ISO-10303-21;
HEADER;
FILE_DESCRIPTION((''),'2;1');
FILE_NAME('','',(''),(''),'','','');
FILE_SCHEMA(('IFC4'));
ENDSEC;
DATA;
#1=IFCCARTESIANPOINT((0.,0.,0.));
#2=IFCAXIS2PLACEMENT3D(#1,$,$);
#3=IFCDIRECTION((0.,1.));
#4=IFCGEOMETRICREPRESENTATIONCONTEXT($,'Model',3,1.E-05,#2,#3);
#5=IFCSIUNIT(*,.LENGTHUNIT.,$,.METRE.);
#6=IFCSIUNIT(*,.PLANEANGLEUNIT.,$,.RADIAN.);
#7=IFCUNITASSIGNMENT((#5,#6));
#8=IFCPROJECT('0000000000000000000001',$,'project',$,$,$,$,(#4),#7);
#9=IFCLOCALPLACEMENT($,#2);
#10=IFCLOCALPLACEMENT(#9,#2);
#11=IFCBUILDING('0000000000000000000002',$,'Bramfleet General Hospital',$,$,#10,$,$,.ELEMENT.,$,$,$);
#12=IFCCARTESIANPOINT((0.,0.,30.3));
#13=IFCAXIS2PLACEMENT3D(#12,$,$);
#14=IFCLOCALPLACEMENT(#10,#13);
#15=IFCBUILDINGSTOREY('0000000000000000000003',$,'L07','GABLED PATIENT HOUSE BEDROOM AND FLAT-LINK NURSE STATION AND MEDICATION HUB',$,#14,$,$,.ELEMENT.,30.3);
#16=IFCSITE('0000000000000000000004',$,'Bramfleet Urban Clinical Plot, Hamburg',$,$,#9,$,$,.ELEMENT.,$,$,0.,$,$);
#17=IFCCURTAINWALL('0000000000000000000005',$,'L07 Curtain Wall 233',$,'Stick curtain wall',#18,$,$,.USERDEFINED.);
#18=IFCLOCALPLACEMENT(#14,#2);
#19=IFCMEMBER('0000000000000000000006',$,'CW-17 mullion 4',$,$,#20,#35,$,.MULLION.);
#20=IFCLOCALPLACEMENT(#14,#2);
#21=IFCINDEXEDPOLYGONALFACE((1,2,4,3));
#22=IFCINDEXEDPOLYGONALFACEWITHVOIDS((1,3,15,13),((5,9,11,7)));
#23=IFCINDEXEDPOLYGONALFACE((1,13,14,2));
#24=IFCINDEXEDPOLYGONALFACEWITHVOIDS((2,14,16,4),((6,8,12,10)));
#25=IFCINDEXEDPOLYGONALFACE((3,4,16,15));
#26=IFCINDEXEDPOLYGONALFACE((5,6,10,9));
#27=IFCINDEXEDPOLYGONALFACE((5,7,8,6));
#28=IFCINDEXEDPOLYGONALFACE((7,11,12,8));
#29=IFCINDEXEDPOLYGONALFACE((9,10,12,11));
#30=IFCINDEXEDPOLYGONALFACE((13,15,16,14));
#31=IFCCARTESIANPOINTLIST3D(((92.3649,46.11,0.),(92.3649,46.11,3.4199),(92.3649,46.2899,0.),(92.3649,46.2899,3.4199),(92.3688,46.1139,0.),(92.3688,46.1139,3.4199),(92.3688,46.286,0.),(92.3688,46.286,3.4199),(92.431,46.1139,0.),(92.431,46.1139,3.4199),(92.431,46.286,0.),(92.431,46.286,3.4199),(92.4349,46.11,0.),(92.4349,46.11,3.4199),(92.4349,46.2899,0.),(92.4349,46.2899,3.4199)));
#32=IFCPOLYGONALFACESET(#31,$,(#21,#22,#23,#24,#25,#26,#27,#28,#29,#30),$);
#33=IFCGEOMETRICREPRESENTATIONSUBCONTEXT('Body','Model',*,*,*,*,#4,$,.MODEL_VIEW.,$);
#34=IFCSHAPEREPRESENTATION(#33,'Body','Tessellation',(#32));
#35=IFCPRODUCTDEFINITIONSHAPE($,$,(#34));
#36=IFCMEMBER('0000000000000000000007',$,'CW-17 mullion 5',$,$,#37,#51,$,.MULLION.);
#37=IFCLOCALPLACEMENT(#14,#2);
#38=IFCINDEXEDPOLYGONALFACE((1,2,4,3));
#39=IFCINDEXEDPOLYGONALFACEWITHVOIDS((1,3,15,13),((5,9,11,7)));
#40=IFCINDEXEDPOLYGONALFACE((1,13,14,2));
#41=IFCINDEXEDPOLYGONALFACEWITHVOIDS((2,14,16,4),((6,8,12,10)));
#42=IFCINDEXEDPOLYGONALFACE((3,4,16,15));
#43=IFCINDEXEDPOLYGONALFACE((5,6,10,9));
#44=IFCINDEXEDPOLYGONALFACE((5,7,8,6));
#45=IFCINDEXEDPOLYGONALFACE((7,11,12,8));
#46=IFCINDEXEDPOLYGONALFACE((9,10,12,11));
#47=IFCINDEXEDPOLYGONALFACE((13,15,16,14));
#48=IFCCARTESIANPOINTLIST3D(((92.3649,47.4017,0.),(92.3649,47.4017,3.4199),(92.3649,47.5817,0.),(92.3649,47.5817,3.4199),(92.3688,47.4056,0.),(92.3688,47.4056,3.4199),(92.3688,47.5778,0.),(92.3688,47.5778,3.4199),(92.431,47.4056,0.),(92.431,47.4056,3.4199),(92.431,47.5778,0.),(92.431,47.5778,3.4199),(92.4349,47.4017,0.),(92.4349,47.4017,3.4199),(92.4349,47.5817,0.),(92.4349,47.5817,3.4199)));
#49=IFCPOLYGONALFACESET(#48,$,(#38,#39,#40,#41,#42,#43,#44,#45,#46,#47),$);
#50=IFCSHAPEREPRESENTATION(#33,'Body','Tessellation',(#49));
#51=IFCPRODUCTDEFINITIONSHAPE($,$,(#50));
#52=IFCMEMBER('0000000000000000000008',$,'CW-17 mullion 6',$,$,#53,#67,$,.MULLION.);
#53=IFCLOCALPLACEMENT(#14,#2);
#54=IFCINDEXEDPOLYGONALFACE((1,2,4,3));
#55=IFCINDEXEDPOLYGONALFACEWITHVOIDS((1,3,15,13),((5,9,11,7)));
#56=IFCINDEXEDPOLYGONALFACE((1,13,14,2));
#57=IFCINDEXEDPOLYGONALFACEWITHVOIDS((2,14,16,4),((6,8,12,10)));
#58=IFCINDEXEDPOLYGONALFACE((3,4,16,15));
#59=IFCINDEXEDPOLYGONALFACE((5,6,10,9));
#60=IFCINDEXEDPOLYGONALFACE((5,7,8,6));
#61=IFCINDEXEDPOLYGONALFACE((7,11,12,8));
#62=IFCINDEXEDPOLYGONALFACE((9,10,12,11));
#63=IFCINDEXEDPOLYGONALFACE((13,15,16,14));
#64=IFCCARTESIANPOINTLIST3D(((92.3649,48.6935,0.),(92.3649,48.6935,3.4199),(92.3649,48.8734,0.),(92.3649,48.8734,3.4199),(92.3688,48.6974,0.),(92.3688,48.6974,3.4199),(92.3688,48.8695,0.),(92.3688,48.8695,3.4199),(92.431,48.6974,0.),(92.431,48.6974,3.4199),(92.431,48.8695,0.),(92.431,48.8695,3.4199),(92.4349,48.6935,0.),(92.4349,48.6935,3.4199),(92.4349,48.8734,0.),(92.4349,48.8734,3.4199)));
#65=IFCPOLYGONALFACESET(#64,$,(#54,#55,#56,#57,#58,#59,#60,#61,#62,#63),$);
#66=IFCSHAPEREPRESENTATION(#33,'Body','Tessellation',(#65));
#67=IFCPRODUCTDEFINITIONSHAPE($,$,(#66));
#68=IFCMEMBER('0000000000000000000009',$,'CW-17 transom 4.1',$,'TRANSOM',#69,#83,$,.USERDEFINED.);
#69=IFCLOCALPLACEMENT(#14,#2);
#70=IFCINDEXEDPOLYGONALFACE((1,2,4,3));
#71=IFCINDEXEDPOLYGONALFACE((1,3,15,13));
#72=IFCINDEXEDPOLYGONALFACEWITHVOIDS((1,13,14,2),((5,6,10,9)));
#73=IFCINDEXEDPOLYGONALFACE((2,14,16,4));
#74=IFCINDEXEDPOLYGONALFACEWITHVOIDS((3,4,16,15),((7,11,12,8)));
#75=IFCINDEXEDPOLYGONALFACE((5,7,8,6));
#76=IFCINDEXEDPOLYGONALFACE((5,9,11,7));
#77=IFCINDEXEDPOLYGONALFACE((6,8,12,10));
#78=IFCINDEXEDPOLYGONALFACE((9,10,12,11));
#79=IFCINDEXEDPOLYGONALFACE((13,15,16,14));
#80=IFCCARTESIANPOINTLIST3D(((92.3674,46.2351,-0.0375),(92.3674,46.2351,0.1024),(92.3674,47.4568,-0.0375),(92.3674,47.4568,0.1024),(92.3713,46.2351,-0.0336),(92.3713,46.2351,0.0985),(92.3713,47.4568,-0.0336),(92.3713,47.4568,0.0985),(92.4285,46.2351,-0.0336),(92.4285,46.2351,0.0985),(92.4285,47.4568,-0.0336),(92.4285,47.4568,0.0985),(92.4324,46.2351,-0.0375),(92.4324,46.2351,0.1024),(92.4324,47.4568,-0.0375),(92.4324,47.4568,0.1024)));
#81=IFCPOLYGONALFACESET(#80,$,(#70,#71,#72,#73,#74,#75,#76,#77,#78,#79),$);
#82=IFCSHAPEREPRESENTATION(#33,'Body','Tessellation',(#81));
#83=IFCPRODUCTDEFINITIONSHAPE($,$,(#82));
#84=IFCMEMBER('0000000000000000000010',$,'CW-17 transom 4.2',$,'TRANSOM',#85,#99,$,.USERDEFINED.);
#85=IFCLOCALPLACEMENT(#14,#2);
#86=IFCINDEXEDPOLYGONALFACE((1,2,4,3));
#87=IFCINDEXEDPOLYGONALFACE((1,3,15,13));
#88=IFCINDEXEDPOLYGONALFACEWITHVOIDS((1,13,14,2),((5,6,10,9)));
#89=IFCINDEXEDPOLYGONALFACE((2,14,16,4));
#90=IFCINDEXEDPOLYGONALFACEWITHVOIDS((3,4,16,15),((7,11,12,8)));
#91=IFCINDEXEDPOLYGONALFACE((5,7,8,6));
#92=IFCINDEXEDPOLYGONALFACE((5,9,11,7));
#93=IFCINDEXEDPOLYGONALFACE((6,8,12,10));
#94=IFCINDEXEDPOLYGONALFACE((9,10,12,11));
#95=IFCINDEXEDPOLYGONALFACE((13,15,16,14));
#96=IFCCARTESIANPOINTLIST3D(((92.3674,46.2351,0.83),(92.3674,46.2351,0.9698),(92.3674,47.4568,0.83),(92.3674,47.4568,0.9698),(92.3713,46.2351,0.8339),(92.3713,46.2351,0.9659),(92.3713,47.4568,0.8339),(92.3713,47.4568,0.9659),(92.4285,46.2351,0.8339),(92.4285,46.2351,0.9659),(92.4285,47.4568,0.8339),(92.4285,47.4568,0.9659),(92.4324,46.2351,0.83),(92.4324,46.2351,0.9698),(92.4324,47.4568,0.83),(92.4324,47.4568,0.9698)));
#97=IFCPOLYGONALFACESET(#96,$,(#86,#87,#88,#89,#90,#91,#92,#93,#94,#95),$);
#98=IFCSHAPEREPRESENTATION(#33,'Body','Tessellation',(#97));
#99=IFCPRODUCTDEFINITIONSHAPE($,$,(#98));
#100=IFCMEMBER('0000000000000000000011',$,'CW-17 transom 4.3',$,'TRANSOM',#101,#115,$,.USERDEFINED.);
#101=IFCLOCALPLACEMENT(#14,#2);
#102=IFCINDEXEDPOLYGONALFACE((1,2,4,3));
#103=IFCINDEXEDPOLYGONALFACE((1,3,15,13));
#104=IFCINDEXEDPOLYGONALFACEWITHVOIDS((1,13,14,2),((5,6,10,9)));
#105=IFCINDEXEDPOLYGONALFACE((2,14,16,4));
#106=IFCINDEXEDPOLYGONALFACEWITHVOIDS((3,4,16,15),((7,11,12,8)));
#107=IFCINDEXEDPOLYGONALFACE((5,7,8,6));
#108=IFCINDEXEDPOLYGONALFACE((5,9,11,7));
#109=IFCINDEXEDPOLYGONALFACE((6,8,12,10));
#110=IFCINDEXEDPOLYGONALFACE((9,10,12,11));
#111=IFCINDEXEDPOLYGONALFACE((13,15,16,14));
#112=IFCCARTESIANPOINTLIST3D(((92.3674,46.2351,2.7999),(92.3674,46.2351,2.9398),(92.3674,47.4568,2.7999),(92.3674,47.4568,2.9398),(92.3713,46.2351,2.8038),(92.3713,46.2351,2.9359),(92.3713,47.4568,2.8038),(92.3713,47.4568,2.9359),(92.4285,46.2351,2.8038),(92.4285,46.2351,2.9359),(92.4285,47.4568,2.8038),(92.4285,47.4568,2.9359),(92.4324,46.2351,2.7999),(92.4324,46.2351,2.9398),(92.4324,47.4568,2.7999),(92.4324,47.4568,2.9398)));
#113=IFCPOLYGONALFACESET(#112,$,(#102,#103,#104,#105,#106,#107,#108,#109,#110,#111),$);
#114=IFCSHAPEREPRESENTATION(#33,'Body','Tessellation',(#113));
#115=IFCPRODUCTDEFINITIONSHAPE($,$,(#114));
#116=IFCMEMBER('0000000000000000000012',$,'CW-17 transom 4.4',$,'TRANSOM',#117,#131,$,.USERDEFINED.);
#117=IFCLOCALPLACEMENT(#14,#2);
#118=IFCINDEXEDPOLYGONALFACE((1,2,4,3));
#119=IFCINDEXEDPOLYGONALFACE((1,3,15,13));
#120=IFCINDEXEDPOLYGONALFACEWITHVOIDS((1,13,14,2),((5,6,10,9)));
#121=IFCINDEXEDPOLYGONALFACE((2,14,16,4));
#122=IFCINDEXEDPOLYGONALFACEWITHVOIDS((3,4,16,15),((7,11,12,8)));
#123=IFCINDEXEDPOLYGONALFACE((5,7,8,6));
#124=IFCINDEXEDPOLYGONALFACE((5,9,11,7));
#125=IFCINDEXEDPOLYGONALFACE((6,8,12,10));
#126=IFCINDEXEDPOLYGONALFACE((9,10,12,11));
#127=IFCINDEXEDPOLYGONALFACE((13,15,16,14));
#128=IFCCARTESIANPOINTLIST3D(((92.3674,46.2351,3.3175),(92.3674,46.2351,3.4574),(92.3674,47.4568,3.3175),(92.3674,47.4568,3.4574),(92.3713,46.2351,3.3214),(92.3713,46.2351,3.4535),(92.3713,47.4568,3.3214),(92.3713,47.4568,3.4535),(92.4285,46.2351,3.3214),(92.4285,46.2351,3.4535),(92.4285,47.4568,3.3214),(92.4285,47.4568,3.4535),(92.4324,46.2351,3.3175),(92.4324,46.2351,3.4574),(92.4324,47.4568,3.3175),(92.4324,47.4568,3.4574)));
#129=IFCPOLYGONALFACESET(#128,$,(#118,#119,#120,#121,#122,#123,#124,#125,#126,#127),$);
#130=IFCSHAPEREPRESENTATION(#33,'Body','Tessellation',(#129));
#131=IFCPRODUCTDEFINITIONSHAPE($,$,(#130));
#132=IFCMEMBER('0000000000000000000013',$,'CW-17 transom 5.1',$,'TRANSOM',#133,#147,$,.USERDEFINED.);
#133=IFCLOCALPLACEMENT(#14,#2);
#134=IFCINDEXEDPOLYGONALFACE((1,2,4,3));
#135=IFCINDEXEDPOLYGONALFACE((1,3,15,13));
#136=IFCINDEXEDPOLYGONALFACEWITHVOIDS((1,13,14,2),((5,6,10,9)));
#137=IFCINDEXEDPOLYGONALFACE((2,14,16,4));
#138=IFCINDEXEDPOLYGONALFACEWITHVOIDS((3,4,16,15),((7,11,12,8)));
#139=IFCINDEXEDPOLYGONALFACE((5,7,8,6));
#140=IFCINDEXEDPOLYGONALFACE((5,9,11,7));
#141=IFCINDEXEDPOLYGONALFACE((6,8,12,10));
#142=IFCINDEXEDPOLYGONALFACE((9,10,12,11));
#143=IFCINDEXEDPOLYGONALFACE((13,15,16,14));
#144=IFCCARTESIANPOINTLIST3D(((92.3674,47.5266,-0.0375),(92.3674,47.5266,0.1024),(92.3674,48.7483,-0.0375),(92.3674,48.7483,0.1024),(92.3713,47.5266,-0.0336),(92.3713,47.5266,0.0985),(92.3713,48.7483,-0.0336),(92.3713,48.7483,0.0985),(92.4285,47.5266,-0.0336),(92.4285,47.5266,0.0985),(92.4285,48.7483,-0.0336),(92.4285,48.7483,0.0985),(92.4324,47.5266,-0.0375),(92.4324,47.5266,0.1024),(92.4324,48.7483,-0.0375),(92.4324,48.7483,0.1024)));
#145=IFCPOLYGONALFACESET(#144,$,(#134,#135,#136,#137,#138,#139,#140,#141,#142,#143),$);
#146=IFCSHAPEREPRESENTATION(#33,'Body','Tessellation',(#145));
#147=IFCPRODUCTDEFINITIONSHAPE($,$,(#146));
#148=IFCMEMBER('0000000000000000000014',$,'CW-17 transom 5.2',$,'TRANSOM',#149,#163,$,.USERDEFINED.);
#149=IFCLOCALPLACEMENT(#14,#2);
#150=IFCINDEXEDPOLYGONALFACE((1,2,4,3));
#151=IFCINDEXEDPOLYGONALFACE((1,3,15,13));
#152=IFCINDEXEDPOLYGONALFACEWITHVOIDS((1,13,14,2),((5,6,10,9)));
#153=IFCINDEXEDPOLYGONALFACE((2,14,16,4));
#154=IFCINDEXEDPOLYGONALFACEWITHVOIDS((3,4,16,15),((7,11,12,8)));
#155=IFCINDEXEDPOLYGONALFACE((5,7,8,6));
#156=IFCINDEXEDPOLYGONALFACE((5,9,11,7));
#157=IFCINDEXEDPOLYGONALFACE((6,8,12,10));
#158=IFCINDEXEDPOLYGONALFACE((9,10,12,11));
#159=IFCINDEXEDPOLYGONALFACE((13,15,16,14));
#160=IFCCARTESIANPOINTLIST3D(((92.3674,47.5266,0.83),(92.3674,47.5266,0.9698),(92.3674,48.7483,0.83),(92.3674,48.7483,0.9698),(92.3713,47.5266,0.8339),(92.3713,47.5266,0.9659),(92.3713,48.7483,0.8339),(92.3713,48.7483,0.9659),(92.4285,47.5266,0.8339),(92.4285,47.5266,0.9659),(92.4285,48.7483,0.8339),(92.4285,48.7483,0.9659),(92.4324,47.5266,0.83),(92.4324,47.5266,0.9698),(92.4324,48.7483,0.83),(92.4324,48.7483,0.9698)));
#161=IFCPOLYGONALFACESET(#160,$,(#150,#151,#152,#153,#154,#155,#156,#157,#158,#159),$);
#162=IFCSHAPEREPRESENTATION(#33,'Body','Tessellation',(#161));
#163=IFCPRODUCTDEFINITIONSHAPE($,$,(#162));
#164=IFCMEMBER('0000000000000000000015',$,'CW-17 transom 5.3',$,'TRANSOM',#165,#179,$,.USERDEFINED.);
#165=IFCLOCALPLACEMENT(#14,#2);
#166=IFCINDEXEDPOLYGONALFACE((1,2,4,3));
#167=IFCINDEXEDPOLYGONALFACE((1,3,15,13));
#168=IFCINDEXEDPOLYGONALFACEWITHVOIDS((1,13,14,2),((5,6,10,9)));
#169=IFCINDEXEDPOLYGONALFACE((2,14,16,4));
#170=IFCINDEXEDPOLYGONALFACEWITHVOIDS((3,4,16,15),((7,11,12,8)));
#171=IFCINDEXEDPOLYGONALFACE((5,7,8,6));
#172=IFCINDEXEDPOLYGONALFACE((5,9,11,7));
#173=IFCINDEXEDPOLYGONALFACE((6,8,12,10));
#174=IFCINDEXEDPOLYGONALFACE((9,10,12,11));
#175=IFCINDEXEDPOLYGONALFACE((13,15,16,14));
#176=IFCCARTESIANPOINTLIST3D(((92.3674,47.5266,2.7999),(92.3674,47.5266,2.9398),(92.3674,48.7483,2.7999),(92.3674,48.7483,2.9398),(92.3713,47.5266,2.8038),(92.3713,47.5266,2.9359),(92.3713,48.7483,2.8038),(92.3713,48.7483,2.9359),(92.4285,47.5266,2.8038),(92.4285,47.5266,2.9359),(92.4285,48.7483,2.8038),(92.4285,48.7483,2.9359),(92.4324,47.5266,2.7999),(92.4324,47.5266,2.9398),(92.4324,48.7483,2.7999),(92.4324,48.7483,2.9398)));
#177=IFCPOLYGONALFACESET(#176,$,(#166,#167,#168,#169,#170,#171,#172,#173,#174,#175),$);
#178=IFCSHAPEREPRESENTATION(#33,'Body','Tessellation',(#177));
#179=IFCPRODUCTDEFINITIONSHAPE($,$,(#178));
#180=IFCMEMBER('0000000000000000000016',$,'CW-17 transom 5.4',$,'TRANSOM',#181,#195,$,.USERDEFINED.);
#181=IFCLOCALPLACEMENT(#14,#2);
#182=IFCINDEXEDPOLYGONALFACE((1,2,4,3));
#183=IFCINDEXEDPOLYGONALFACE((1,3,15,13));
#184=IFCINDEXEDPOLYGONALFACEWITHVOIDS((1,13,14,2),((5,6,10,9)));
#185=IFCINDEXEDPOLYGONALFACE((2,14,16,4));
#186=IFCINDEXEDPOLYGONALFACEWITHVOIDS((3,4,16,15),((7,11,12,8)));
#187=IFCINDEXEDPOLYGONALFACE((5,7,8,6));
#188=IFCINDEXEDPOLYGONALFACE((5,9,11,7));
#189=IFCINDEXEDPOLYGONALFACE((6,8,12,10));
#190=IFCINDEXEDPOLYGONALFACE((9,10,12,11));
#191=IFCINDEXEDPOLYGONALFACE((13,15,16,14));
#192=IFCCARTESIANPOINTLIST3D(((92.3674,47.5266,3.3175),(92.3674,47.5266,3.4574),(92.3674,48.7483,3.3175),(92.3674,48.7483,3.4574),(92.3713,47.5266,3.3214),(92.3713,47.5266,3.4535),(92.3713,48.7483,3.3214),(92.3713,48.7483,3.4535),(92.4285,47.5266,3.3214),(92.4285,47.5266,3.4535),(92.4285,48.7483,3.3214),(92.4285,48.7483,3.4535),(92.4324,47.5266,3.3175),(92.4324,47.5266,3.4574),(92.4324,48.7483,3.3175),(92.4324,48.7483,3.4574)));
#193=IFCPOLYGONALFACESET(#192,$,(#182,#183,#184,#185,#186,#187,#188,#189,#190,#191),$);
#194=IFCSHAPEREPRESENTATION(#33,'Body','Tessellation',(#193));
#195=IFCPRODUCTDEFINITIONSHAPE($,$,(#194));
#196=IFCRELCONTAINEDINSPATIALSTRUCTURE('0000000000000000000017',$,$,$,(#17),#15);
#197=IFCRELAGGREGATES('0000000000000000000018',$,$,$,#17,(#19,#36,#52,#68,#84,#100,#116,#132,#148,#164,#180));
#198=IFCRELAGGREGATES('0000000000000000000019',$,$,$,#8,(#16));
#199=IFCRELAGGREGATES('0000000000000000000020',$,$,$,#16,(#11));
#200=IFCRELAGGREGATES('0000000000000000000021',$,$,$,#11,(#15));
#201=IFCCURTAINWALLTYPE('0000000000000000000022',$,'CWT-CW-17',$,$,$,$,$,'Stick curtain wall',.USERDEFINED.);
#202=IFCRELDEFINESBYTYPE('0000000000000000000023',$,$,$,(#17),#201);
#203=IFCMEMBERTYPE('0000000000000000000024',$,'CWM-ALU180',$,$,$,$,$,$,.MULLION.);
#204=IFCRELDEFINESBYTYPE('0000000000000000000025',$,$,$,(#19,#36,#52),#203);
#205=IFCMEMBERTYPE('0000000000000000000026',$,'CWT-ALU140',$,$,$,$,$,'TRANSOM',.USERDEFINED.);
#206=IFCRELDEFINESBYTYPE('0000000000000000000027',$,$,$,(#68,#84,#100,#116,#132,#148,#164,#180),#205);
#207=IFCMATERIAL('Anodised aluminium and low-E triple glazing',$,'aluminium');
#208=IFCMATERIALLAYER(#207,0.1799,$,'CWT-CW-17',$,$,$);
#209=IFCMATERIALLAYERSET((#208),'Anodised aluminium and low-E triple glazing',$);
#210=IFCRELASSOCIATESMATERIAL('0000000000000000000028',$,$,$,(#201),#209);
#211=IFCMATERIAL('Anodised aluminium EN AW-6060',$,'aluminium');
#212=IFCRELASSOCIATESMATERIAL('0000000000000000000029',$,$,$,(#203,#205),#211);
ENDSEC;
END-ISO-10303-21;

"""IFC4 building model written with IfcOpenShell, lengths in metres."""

from ifc_helpers import new_model, si_unit, direction, frame, origin, origin_2d, place, context, subcontext, project, spatial, hollow_rectangle, extrude, material, layer, layer_set, material_profile, profile_set, type_object, element, aggregate, save


model = new_model("IFC4")

# Units and contexts
model_context = context("Model", 3, precision=1e-05, world=origin(), true_north=direction((0.0, 1.0)))
body_context = subcontext(model_context, "Body", "Model", "MODEL_VIEW")
ifc_project = project(units=[si_unit("LENGTHUNIT", "METRE"), si_unit("PLANEANGLEUNIT", "RADIAN")], contexts=[model_context])

# Site, building, storey
site_placement = place(None, origin())
site = spatial("IfcSite", under=ifc_project, at=site_placement, Name="Bramfleet Urban Clinical Plot, Hamburg", CompositionType="ELEMENT", RefElevation=0.0)
building_placement = place(site_placement, origin())
building = spatial("IfcBuilding", under=site, at=building_placement, Name="Bramfleet General Hospital", CompositionType="ELEMENT")
storey_placement = place(building_placement, frame((0.0, 0.0, 30.3)))
storey = spatial("IfcBuildingStorey", under=building, at=storey_placement, Name="L07", Description="GABLED PATIENT HOUSE BEDROOM AND FLAT-LINK NURSE STATION AND MEDICATION HUB", CompositionType="ELEMENT", Elevation=30.3)

# Curtain wall, members
ifc_material_1 = material(Name="Anodised aluminium and low-E triple glazing", Category="aluminium")
ifc_layer_1 = layer(ifc_material_1, 0.1799, Name="CWT-CW-17")
ifc_layer_set_1 = layer_set([ifc_layer_1], Name="Anodised aluminium and low-E triple glazing")
curtain_wall_type = type_object("IfcCurtainWallType", Name="CWT-CW-17", ElementType="Stick curtain wall", PredefinedType="USERDEFINED", material=ifc_layer_set_1)
curtain_wall_placement = place(storey_placement, origin())
curtain_wall = element("IfcCurtainWall", 1, at=curtain_wall_placement, inside=storey, type_object=curtain_wall_type, Name="L07 Curtain Wall 233", ObjectType="Stick curtain wall", PredefinedType="USERDEFINED")
ifc_material_2 = material(Name="Anodised aluminium EN AW-6060", Category="aluminium")
ifc_material_profile_1 = material_profile(ifc_material_2, hollow_rectangle(XDim=0.0701, YDim=0.1799, WallThickness=0.0039, at=origin_2d()), Name="ALU 180x70x4.0")
ifc_profile_set_1 = profile_set([ifc_material_profile_1], Name="Anodised aluminium EN AW-6060")
member_type_1 = type_object("IfcMemberType", Name="CWM-ALU180", PredefinedType="MULLION", material=ifc_profile_set_1)
member_1_placement = place(storey_placement, frame((92.3999, 46.2, 0.0), z_axis=(0.0, 0.0, 1.0), x_axis=(-1.0, 0.0, 0.0)))
member_1 = element("IfcMember", 2, at=member_1_placement, type_object=member_type_1, Name="CW-17 mullion 4", PredefinedType="MULLION", context=body_context, shape_type="SweptSolid", body=[
    extrude(hollow_rectangle(XDim=0.0701, YDim=0.1799, WallThickness=0.0039, at=origin_2d()), origin(), (0.0, 0.0, 1.0), 3.4199),
])
member_2_placement = place(storey_placement, frame((92.3999, 47.4917, 0.0), z_axis=(0.0, 0.0, 1.0), x_axis=(-1.0, 0.0, 0.0)))
member_2 = element("IfcMember", 3, at=member_2_placement, type_object=member_type_1, Name="CW-17 mullion 5", PredefinedType="MULLION", context=body_context, shape_type="SweptSolid", body=[
    extrude(hollow_rectangle(XDim=0.0701, YDim=0.1799, WallThickness=0.0039, at=origin_2d()), origin(), (0.0, 0.0, 1.0), 3.4199),
])
member_3_placement = place(storey_placement, frame((92.3999, 48.7834, 0.0), z_axis=(0.0, 0.0, 1.0), x_axis=(-1.0, 0.0, 0.0)))
member_3 = element("IfcMember", 4, at=member_3_placement, type_object=member_type_1, Name="CW-17 mullion 6", PredefinedType="MULLION", context=body_context, shape_type="SweptSolid", body=[
    extrude(hollow_rectangle(XDim=0.0701, YDim=0.1799, WallThickness=0.0039, at=origin_2d()), origin(), (0.0, 0.0, 1.0), 3.4199),
])
ifc_material_profile_2 = material_profile(ifc_material_2, hollow_rectangle(XDim=0.0649, YDim=0.1399, WallThickness=0.0039, at=origin_2d()), Name="ALU 140x65x4.0")
ifc_profile_set_2 = profile_set([ifc_material_profile_2], Name="Anodised aluminium EN AW-6060")
member_type_2 = type_object("IfcMemberType", Name="CWT-ALU140", ElementType="TRANSOM", PredefinedType="USERDEFINED", material=ifc_profile_set_2)
member_4_placement = place(storey_placement, frame((92.3999, 46.2351, 0.0325), z_axis=(0.0, 1.0, 0.0), x_axis=(-1.0, 0.0, 0.0)))
member_4 = element("IfcMember", 5, at=member_4_placement, type_object=member_type_2, Name="CW-17 transom 4.1", ObjectType="TRANSOM", PredefinedType="USERDEFINED", context=body_context, shape_type="SweptSolid", body=[
    extrude(hollow_rectangle(XDim=0.0649, YDim=0.1399, WallThickness=0.0039, at=origin_2d()), origin(), (0.0, 0.0, 1.0), 1.2217),
])
member_5_placement = place(storey_placement, frame((92.3999, 46.2351, 0.8999), z_axis=(0.0, 1.0, 0.0), x_axis=(-1.0, 0.0, 0.0)))
member_5 = element("IfcMember", 6, at=member_5_placement, type_object=member_type_2, Name="CW-17 transom 4.2", ObjectType="TRANSOM", PredefinedType="USERDEFINED", context=body_context, shape_type="SweptSolid", body=[
    extrude(hollow_rectangle(XDim=0.0649, YDim=0.1399, WallThickness=0.0039, at=origin_2d()), origin(), (0.0, 0.0, 1.0), 1.2217),
])
member_6_placement = place(storey_placement, frame((92.3999, 46.2351, 2.8699), z_axis=(0.0, 1.0, 0.0), x_axis=(-1.0, 0.0, 0.0)))
member_6 = element("IfcMember", 7, at=member_6_placement, type_object=member_type_2, Name="CW-17 transom 4.3", ObjectType="TRANSOM", PredefinedType="USERDEFINED", context=body_context, shape_type="SweptSolid", body=[
    extrude(hollow_rectangle(XDim=0.0649, YDim=0.1399, WallThickness=0.0039, at=origin_2d()), origin(), (0.0, 0.0, 1.0), 1.2217),
])
member_7_placement = place(storey_placement, frame((92.3999, 46.2351, 3.3875), z_axis=(0.0, 1.0, 0.0), x_axis=(-1.0, 0.0, 0.0)))
member_7 = element("IfcMember", 8, at=member_7_placement, type_object=member_type_2, Name="CW-17 transom 4.4", ObjectType="TRANSOM", PredefinedType="USERDEFINED", context=body_context, shape_type="SweptSolid", body=[
    extrude(hollow_rectangle(XDim=0.0649, YDim=0.1399, WallThickness=0.0039, at=origin_2d()), origin(), (0.0, 0.0, 1.0), 1.2217),
])
member_8_placement = place(storey_placement, frame((92.3999, 47.5266, 0.0325), z_axis=(0.0, 1.0, 0.0), x_axis=(-1.0, 0.0, 0.0)))
member_8 = element("IfcMember", 9, at=member_8_placement, type_object=member_type_2, Name="CW-17 transom 5.1", ObjectType="TRANSOM", PredefinedType="USERDEFINED", context=body_context, shape_type="SweptSolid", body=[
    extrude(hollow_rectangle(XDim=0.0649, YDim=0.1399, WallThickness=0.0039, at=origin_2d()), origin(), (0.0, 0.0, 1.0), 1.2217),
])
member_9_placement = place(storey_placement, frame((92.3999, 47.5266, 0.8999), z_axis=(0.0, 1.0, 0.0), x_axis=(-1.0, 0.0, 0.0)))
member_9 = element("IfcMember", 10, at=member_9_placement, type_object=member_type_2, Name="CW-17 transom 5.2", ObjectType="TRANSOM", PredefinedType="USERDEFINED", context=body_context, shape_type="SweptSolid", body=[
    extrude(hollow_rectangle(XDim=0.0649, YDim=0.1399, WallThickness=0.0039, at=origin_2d()), origin(), (0.0, 0.0, 1.0), 1.2217),
])
member_10_placement = place(storey_placement, frame((92.3999, 47.5266, 2.8699), z_axis=(0.0, 1.0, 0.0), x_axis=(-1.0, 0.0, 0.0)))
member_10 = element("IfcMember", 11, at=member_10_placement, type_object=member_type_2, Name="CW-17 transom 5.3", ObjectType="TRANSOM", PredefinedType="USERDEFINED", context=body_context, shape_type="SweptSolid", body=[
    extrude(hollow_rectangle(XDim=0.0649, YDim=0.1399, WallThickness=0.0039, at=origin_2d()), origin(), (0.0, 0.0, 1.0), 1.2217),
])
member_11_placement = place(storey_placement, frame((92.3999, 47.5266, 3.3875), z_axis=(0.0, 1.0, 0.0), x_axis=(-1.0, 0.0, 0.0)))
member_11 = element("IfcMember", 12, at=member_11_placement, type_object=member_type_2, Name="CW-17 transom 5.4", ObjectType="TRANSOM", PredefinedType="USERDEFINED", context=body_context, shape_type="SweptSolid", body=[
    extrude(hollow_rectangle(XDim=0.0649, YDim=0.1399, WallThickness=0.0039, at=origin_2d()), origin(), (0.0, 0.0, 1.0), 1.2217),
])
aggregate(curtain_wall, [member_1, member_2, member_3, member_4, member_5, member_6, member_7, member_8, member_9, member_10, member_11])

save(model, "model.ifc")
